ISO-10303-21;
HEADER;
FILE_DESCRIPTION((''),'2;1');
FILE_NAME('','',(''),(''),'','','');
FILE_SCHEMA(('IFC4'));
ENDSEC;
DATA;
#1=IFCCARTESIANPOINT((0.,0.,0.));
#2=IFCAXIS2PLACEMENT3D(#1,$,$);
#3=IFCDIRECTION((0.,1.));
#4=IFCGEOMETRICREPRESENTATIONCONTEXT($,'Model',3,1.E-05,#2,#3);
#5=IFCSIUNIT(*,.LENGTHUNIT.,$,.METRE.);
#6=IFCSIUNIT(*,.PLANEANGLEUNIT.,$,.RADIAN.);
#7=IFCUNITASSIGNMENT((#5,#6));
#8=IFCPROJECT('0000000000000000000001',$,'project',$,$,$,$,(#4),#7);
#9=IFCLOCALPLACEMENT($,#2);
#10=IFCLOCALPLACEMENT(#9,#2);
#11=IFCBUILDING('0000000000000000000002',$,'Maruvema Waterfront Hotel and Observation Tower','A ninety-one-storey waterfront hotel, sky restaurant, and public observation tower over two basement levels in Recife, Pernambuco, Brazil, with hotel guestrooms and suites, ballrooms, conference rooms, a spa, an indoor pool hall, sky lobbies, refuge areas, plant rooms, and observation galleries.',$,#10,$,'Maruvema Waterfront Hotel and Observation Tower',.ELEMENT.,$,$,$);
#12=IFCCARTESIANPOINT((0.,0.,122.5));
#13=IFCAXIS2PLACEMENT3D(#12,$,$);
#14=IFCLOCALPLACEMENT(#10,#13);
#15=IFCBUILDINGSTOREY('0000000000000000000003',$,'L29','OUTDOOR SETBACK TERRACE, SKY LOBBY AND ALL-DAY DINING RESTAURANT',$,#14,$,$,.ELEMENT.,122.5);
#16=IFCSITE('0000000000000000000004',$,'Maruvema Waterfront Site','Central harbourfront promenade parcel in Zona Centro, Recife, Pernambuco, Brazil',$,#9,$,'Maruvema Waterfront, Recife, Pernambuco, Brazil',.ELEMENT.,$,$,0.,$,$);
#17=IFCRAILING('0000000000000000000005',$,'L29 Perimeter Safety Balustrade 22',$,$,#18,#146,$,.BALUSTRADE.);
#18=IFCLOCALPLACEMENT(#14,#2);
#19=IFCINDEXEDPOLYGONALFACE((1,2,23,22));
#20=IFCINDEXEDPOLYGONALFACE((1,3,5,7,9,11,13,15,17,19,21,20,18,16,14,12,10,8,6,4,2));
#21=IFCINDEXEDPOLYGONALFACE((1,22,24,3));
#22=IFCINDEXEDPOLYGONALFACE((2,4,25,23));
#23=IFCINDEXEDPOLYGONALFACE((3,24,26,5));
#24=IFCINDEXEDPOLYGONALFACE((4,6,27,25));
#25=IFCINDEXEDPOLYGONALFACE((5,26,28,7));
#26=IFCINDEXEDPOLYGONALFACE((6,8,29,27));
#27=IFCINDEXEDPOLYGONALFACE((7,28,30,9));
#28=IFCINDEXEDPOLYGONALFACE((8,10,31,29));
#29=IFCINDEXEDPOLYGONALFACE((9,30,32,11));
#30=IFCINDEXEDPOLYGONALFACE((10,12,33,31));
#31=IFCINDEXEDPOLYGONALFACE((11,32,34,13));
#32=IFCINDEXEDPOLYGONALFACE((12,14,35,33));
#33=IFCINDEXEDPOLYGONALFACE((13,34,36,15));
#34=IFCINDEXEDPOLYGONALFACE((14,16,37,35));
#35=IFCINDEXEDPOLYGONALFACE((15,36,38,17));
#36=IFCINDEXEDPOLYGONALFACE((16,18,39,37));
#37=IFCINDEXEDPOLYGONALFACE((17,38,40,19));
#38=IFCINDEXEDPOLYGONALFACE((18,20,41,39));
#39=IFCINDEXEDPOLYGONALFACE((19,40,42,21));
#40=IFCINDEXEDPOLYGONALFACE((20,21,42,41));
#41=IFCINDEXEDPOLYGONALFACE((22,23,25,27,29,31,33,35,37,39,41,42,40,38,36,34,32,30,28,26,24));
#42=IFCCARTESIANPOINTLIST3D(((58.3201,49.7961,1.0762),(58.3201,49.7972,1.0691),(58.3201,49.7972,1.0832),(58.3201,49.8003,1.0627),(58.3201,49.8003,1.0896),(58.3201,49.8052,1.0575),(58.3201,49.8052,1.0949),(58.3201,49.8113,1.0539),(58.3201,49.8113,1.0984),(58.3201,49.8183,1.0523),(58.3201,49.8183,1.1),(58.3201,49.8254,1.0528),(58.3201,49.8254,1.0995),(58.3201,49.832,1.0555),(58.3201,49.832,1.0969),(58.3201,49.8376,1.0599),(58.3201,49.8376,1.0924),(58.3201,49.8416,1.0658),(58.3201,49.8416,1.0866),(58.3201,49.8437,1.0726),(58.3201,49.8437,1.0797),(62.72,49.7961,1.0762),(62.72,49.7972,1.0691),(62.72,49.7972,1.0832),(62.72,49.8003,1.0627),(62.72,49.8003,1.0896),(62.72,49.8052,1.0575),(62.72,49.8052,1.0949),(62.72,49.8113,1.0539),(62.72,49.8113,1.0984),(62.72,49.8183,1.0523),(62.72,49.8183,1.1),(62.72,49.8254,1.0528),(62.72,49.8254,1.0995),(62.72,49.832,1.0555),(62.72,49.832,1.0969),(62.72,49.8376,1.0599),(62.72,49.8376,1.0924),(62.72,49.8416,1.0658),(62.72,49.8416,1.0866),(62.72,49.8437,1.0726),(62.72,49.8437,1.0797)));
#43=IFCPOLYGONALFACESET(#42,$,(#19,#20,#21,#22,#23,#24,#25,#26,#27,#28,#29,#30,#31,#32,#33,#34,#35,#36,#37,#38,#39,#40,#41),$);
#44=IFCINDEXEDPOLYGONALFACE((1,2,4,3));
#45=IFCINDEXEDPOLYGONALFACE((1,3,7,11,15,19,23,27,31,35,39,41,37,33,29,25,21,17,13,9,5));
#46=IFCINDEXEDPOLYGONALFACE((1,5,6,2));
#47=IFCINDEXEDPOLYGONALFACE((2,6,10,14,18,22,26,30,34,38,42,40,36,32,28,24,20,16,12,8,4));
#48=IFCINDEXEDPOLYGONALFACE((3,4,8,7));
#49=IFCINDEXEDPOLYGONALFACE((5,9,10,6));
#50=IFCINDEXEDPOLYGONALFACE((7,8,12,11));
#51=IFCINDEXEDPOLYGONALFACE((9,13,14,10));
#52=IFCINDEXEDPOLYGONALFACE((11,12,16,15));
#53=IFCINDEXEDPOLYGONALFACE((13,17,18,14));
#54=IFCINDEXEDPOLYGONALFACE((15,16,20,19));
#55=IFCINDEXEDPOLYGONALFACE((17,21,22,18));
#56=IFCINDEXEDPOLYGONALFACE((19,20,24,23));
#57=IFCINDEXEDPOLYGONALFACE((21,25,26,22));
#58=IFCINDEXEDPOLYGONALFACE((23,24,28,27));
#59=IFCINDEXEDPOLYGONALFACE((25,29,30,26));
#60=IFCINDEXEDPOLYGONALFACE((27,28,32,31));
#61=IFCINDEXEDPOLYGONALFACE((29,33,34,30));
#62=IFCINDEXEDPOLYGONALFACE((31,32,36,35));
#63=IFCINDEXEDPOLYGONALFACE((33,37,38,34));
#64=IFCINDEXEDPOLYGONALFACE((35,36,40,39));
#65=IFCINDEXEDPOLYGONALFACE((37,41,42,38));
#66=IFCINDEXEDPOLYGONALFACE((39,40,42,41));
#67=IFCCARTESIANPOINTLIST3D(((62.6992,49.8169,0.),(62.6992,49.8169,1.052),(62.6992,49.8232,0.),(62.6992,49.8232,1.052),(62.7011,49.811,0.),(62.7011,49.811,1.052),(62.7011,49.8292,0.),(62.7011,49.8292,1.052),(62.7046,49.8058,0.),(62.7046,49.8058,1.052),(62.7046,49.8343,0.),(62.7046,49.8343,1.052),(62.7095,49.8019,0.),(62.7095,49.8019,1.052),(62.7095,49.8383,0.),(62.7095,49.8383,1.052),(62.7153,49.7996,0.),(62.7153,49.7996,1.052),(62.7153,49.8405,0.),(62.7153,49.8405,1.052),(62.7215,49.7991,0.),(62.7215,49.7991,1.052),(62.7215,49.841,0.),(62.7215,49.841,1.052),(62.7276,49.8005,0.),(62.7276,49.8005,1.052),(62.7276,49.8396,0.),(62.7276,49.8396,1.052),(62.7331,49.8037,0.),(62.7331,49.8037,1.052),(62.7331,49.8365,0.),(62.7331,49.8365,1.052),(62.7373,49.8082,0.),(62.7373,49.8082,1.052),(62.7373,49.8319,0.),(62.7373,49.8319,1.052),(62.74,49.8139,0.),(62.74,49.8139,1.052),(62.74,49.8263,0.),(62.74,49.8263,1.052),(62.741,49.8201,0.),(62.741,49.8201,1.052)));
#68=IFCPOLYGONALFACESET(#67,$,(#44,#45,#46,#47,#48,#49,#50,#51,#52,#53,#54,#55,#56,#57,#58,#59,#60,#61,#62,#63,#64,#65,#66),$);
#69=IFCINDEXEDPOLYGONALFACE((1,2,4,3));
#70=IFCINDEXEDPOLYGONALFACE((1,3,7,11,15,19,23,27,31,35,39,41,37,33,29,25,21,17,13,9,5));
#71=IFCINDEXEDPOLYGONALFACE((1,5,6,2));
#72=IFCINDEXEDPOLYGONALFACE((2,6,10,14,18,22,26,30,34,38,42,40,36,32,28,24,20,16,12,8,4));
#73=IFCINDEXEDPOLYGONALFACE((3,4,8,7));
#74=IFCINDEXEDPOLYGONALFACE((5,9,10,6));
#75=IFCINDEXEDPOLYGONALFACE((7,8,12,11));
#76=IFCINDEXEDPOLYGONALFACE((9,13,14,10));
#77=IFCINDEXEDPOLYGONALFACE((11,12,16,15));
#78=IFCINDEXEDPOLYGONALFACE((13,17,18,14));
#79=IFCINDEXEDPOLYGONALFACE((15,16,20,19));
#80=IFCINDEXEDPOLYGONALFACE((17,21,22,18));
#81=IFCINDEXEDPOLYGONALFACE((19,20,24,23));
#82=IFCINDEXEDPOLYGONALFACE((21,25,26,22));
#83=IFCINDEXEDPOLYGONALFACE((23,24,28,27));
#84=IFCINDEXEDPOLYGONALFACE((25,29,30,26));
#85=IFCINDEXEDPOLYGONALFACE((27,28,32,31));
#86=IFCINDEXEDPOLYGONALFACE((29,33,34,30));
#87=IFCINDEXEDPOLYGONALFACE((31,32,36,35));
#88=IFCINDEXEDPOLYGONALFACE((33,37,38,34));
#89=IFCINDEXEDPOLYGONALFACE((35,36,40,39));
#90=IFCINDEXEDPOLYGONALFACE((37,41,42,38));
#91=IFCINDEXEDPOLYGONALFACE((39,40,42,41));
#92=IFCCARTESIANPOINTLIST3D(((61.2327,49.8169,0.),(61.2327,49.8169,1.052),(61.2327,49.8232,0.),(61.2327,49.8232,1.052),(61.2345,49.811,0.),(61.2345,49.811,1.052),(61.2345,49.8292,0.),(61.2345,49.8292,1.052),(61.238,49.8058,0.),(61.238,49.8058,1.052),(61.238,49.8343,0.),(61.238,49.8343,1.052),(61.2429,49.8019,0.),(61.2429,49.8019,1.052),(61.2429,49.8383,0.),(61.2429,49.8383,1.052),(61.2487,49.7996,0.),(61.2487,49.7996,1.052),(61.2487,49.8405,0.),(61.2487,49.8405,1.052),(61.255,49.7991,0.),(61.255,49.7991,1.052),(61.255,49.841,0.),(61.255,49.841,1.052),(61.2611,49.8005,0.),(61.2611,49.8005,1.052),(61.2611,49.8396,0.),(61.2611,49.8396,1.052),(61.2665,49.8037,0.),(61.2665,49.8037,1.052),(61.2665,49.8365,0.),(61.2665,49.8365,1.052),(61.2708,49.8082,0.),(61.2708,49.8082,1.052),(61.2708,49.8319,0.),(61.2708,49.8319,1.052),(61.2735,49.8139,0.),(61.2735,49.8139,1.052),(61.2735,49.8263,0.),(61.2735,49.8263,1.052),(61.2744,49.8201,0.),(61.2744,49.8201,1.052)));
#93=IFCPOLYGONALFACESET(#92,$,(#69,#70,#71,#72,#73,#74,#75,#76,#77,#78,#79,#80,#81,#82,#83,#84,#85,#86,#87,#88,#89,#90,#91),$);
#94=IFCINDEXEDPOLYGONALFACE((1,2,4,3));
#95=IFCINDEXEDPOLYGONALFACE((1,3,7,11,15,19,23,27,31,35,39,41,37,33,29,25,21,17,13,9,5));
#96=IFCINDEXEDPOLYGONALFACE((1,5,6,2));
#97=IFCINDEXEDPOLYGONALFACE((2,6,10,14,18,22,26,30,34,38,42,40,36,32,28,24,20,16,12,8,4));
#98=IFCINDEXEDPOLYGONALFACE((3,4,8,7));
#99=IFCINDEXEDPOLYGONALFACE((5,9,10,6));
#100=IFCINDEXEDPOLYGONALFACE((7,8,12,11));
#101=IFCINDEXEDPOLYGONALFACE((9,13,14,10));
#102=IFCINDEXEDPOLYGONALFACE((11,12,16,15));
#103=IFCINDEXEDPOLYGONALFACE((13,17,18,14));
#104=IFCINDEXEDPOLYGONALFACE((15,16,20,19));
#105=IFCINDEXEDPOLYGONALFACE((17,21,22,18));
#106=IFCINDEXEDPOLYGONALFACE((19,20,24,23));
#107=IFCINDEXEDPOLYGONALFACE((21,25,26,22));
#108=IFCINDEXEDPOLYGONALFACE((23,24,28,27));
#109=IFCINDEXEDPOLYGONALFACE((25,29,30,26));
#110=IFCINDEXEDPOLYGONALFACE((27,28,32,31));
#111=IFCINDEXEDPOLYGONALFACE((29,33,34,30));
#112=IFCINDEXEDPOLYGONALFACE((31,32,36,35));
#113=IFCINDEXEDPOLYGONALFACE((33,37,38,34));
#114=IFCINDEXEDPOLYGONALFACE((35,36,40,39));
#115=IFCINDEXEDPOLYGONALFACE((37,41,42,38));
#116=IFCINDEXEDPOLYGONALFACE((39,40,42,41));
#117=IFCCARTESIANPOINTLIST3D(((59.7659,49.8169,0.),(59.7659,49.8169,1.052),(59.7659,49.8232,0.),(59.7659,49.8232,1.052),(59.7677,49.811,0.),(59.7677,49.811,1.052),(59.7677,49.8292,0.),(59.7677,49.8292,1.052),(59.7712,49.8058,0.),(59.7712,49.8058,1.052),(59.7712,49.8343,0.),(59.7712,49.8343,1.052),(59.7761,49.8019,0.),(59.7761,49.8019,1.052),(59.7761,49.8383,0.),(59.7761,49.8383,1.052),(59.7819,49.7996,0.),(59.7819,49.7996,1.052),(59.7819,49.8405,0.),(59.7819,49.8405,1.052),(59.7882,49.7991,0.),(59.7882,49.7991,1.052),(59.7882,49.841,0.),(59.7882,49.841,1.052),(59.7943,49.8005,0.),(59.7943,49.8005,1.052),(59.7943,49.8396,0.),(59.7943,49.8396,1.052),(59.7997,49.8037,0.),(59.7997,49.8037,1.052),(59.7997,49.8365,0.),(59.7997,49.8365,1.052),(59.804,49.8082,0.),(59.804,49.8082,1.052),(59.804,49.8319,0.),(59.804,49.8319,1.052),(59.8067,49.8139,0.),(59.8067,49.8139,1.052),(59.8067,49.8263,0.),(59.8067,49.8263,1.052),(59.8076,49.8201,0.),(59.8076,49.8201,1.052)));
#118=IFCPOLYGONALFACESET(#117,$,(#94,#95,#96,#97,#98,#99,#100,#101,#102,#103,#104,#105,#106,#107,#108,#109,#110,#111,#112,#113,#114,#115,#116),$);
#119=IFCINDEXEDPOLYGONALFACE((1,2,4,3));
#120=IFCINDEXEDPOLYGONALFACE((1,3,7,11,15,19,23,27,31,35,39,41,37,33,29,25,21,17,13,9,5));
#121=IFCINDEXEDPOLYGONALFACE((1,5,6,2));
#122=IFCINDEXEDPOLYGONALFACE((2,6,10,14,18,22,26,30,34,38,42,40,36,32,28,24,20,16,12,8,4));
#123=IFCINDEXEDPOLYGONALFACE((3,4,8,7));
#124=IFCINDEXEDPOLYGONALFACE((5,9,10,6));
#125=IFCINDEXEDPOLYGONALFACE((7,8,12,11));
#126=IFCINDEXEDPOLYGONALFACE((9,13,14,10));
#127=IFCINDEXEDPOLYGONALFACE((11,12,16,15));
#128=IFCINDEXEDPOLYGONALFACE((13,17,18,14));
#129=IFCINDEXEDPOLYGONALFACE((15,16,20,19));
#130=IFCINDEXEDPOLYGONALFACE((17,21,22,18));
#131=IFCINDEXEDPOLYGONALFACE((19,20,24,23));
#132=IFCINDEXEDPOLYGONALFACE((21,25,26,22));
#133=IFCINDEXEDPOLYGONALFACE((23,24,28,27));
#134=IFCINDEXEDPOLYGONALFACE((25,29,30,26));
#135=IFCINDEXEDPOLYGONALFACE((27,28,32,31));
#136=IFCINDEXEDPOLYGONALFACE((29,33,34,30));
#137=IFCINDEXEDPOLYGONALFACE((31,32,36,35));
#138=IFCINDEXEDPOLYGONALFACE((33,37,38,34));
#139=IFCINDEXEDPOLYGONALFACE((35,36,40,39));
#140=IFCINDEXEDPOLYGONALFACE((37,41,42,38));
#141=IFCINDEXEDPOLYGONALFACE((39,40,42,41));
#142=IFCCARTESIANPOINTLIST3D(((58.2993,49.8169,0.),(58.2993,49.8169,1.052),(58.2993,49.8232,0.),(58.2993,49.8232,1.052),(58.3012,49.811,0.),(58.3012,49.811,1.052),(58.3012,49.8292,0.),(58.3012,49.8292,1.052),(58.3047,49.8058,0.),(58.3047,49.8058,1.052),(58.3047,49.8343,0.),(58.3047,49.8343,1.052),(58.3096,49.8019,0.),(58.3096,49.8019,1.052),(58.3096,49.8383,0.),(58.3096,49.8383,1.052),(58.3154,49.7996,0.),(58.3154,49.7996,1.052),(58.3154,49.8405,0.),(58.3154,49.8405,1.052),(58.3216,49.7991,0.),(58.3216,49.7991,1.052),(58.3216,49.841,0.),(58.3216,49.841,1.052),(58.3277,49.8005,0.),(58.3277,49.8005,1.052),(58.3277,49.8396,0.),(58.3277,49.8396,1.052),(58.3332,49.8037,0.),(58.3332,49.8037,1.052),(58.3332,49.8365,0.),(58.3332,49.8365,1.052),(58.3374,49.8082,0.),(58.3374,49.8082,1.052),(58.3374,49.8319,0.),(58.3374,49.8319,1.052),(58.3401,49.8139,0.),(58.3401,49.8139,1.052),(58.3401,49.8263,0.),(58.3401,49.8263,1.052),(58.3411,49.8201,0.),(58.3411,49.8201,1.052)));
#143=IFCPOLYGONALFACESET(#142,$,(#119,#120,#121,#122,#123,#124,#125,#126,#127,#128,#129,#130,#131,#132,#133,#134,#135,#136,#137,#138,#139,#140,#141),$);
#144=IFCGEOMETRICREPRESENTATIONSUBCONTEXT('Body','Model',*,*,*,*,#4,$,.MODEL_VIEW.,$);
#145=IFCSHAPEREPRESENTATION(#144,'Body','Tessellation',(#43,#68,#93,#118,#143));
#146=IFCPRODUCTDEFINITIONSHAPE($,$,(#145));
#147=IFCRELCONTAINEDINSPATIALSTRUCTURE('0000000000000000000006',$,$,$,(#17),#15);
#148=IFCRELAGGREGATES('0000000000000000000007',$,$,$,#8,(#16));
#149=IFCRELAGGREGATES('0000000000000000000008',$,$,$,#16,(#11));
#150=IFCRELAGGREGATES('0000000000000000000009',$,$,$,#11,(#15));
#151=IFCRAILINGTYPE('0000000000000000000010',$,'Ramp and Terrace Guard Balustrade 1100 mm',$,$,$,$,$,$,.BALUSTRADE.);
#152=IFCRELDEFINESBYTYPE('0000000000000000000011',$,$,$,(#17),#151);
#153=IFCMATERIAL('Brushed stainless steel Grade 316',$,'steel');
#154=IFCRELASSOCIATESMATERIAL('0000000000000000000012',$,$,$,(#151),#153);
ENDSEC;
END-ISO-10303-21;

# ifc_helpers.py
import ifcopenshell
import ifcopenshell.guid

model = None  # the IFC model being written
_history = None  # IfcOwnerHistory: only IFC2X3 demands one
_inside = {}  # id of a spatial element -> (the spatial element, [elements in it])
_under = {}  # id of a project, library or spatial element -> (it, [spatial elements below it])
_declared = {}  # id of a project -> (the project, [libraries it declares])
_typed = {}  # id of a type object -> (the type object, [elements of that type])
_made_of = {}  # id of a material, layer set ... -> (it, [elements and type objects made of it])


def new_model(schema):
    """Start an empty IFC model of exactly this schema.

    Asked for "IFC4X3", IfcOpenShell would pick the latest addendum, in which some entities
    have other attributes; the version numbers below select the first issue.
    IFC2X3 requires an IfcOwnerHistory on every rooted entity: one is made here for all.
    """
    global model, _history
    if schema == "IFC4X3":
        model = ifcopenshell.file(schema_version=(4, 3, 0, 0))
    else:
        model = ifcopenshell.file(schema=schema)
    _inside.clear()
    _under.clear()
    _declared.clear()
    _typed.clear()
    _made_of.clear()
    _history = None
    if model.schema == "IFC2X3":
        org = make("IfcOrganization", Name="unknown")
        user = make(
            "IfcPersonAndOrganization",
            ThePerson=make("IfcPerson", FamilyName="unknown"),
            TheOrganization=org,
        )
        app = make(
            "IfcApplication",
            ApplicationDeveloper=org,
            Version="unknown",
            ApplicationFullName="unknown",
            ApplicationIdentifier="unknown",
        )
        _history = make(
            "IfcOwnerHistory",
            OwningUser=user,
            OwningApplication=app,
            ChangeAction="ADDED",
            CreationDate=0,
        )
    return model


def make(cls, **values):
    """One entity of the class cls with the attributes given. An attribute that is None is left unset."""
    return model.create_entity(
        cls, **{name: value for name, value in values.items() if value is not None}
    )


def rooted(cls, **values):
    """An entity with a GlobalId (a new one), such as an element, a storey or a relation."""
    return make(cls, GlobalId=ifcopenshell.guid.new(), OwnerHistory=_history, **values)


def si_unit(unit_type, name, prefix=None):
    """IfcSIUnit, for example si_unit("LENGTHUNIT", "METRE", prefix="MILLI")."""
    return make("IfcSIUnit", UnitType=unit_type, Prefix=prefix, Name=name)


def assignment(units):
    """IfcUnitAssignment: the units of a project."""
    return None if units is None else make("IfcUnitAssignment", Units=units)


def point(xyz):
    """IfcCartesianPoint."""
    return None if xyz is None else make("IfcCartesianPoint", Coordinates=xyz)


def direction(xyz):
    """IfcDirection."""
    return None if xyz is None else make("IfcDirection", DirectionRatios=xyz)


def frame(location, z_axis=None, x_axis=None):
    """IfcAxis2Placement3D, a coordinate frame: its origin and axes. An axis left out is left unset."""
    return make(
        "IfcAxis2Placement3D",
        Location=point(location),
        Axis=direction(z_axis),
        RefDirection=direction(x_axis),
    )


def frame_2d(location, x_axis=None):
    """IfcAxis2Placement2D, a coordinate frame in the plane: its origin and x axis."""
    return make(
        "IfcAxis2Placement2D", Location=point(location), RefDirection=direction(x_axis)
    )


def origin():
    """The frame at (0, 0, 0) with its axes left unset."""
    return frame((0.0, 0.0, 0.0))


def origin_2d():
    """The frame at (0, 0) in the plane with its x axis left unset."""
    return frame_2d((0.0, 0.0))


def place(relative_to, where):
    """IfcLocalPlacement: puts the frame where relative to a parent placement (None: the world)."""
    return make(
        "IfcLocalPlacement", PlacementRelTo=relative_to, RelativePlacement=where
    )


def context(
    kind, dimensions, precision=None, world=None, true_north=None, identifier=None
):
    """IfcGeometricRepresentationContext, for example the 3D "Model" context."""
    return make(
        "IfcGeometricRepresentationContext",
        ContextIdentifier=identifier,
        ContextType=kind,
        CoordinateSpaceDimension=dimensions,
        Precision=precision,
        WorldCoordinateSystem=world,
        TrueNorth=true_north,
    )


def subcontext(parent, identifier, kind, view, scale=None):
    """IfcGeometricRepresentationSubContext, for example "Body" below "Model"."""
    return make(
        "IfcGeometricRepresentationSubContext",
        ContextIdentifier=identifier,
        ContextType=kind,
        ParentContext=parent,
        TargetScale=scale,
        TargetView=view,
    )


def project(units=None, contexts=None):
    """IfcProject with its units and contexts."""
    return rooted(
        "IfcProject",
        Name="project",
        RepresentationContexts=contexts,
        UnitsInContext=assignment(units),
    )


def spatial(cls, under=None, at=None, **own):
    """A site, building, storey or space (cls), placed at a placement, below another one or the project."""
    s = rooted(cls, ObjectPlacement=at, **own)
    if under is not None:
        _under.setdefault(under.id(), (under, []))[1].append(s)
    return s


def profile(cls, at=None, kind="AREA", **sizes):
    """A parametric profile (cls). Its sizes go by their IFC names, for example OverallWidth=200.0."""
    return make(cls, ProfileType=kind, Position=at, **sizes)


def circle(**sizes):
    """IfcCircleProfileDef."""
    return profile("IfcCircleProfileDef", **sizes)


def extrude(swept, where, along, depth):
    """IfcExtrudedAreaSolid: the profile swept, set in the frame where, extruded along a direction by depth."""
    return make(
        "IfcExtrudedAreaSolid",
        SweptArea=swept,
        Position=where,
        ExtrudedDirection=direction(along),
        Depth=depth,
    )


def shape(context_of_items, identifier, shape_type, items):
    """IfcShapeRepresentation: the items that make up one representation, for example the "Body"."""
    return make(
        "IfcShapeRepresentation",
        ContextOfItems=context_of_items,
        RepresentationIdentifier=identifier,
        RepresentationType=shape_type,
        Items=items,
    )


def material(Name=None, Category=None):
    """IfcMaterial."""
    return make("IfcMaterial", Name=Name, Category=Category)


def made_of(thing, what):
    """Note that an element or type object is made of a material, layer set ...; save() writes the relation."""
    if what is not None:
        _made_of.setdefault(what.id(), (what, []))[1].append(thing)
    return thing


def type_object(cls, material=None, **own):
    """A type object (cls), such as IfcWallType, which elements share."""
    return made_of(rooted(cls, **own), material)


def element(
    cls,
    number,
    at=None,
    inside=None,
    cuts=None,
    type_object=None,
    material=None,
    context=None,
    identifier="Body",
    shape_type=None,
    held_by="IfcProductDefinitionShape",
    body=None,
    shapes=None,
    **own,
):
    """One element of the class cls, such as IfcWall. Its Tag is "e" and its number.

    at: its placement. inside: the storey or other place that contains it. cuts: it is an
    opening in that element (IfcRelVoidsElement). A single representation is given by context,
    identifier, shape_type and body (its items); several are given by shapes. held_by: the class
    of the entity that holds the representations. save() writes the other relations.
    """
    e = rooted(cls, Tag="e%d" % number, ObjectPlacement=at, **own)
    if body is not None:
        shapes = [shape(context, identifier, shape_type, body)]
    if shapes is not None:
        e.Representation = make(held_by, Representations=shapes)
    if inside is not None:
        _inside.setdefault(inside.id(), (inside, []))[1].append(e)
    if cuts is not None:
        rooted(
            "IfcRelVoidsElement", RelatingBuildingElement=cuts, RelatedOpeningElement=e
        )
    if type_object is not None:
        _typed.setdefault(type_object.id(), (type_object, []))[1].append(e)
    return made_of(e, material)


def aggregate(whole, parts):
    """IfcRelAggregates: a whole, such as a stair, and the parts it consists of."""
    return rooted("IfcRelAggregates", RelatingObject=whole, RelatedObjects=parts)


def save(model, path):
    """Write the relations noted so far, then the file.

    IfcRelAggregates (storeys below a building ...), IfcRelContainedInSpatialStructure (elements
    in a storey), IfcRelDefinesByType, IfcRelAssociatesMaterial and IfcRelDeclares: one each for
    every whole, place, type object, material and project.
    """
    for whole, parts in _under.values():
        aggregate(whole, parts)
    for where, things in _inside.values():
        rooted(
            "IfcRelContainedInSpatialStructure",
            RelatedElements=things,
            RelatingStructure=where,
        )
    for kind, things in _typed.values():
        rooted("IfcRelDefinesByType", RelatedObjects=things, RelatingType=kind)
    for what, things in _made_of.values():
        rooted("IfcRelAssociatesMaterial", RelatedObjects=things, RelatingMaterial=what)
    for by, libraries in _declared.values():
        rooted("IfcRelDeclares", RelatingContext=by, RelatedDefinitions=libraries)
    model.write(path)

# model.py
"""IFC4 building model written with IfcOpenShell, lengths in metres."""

from ifc_helpers import new_model, si_unit, direction, frame, origin, origin_2d, place, context, subcontext, project, spatial, circle, extrude, material, type_object, element, save


model = new_model("IFC4")

# Units and contexts
model_context = context("Model", 3, precision=1e-05, world=origin(), true_north=direction((0.0, 1.0)))
body_context = subcontext(model_context, "Body", "Model", "MODEL_VIEW")
ifc_project = project(units=[si_unit("LENGTHUNIT", "METRE"), si_unit("PLANEANGLEUNIT", "RADIAN")], contexts=[model_context])

# Site, building, storey
site_placement = place(None, origin())
site = spatial("IfcSite", under=ifc_project, at=site_placement, Name="Maruvema Waterfront Site", Description="Central harbourfront promenade parcel in Zona Centro, Recife, Pernambuco, Brazil", LongName="Maruvema Waterfront, Recife, Pernambuco, Brazil", CompositionType="ELEMENT", RefElevation=0.0)
building_placement = place(site_placement, origin())
building = spatial("IfcBuilding", under=site, at=building_placement, Name="Maruvema Waterfront Hotel and Observation Tower", Description="A ninety-one-storey waterfront hotel, sky restaurant, and public observation tower over two basement levels in Recife, Pernambuco, Brazil, with hotel guestrooms and suites, ballrooms, conference rooms, a spa, an indoor pool hall, sky lobbies, refuge areas, plant rooms, and observation galleries.", LongName="Maruvema Waterfront Hotel and Observation Tower", CompositionType="ELEMENT")
storey_placement = place(building_placement, frame((0.0, 0.0, 122.5)))
storey = spatial("IfcBuildingStorey", under=building, at=storey_placement, Name="L29", Description="OUTDOOR SETBACK TERRACE, SKY LOBBY AND ALL-DAY DINING RESTAURANT", CompositionType="ELEMENT", Elevation=122.5)

# Railing
ifc_material_1 = material(Name="Brushed stainless steel Grade 316", Category="steel")
railing_type = type_object("IfcRailingType", Name="Ramp and Terrace Guard Balustrade 1100 mm", PredefinedType="BALUSTRADE", material=ifc_material_1)
railing_1_placement = place(storey_placement, frame((62.72, 49.8201, 0.0)))
element("IfcRailing", 1, at=railing_1_placement, inside=storey, type_object=railing_type, Name="L29 Perimeter Safety Balustrade 22", PredefinedType="BALUSTRADE", context=body_context, shape_type="SweptSolid", body=[
    extrude(circle(Radius=0.0239, at=origin_2d()), frame((0.0, 0.0, 1.0762), z_axis=(-1.0, 0.0, 0.0), x_axis=(0.0, -1.0, 0.0)), (0.0, 0.0, 1.0), 4.3999),
    extrude(circle(Radius=0.021, at=origin_2d()), origin(), (0.0, 0.0, 1.0), 1.052),
    extrude(circle(Radius=0.021, at=origin_2d()), frame((-1.4666, 0.0, 0.0)), (0.0, 0.0, 1.0), 1.052),
    extrude(circle(Radius=0.021, at=origin_2d()), frame((-2.9333, 0.0, 0.0)), (0.0, 0.0, 1.0), 1.052),
    extrude(circle(Radius=0.021, at=origin_2d()), frame((-4.3999, 0.0, 0.0)), (0.0, 0.0, 1.0), 1.052),
])

save(model, "model.ifc")
